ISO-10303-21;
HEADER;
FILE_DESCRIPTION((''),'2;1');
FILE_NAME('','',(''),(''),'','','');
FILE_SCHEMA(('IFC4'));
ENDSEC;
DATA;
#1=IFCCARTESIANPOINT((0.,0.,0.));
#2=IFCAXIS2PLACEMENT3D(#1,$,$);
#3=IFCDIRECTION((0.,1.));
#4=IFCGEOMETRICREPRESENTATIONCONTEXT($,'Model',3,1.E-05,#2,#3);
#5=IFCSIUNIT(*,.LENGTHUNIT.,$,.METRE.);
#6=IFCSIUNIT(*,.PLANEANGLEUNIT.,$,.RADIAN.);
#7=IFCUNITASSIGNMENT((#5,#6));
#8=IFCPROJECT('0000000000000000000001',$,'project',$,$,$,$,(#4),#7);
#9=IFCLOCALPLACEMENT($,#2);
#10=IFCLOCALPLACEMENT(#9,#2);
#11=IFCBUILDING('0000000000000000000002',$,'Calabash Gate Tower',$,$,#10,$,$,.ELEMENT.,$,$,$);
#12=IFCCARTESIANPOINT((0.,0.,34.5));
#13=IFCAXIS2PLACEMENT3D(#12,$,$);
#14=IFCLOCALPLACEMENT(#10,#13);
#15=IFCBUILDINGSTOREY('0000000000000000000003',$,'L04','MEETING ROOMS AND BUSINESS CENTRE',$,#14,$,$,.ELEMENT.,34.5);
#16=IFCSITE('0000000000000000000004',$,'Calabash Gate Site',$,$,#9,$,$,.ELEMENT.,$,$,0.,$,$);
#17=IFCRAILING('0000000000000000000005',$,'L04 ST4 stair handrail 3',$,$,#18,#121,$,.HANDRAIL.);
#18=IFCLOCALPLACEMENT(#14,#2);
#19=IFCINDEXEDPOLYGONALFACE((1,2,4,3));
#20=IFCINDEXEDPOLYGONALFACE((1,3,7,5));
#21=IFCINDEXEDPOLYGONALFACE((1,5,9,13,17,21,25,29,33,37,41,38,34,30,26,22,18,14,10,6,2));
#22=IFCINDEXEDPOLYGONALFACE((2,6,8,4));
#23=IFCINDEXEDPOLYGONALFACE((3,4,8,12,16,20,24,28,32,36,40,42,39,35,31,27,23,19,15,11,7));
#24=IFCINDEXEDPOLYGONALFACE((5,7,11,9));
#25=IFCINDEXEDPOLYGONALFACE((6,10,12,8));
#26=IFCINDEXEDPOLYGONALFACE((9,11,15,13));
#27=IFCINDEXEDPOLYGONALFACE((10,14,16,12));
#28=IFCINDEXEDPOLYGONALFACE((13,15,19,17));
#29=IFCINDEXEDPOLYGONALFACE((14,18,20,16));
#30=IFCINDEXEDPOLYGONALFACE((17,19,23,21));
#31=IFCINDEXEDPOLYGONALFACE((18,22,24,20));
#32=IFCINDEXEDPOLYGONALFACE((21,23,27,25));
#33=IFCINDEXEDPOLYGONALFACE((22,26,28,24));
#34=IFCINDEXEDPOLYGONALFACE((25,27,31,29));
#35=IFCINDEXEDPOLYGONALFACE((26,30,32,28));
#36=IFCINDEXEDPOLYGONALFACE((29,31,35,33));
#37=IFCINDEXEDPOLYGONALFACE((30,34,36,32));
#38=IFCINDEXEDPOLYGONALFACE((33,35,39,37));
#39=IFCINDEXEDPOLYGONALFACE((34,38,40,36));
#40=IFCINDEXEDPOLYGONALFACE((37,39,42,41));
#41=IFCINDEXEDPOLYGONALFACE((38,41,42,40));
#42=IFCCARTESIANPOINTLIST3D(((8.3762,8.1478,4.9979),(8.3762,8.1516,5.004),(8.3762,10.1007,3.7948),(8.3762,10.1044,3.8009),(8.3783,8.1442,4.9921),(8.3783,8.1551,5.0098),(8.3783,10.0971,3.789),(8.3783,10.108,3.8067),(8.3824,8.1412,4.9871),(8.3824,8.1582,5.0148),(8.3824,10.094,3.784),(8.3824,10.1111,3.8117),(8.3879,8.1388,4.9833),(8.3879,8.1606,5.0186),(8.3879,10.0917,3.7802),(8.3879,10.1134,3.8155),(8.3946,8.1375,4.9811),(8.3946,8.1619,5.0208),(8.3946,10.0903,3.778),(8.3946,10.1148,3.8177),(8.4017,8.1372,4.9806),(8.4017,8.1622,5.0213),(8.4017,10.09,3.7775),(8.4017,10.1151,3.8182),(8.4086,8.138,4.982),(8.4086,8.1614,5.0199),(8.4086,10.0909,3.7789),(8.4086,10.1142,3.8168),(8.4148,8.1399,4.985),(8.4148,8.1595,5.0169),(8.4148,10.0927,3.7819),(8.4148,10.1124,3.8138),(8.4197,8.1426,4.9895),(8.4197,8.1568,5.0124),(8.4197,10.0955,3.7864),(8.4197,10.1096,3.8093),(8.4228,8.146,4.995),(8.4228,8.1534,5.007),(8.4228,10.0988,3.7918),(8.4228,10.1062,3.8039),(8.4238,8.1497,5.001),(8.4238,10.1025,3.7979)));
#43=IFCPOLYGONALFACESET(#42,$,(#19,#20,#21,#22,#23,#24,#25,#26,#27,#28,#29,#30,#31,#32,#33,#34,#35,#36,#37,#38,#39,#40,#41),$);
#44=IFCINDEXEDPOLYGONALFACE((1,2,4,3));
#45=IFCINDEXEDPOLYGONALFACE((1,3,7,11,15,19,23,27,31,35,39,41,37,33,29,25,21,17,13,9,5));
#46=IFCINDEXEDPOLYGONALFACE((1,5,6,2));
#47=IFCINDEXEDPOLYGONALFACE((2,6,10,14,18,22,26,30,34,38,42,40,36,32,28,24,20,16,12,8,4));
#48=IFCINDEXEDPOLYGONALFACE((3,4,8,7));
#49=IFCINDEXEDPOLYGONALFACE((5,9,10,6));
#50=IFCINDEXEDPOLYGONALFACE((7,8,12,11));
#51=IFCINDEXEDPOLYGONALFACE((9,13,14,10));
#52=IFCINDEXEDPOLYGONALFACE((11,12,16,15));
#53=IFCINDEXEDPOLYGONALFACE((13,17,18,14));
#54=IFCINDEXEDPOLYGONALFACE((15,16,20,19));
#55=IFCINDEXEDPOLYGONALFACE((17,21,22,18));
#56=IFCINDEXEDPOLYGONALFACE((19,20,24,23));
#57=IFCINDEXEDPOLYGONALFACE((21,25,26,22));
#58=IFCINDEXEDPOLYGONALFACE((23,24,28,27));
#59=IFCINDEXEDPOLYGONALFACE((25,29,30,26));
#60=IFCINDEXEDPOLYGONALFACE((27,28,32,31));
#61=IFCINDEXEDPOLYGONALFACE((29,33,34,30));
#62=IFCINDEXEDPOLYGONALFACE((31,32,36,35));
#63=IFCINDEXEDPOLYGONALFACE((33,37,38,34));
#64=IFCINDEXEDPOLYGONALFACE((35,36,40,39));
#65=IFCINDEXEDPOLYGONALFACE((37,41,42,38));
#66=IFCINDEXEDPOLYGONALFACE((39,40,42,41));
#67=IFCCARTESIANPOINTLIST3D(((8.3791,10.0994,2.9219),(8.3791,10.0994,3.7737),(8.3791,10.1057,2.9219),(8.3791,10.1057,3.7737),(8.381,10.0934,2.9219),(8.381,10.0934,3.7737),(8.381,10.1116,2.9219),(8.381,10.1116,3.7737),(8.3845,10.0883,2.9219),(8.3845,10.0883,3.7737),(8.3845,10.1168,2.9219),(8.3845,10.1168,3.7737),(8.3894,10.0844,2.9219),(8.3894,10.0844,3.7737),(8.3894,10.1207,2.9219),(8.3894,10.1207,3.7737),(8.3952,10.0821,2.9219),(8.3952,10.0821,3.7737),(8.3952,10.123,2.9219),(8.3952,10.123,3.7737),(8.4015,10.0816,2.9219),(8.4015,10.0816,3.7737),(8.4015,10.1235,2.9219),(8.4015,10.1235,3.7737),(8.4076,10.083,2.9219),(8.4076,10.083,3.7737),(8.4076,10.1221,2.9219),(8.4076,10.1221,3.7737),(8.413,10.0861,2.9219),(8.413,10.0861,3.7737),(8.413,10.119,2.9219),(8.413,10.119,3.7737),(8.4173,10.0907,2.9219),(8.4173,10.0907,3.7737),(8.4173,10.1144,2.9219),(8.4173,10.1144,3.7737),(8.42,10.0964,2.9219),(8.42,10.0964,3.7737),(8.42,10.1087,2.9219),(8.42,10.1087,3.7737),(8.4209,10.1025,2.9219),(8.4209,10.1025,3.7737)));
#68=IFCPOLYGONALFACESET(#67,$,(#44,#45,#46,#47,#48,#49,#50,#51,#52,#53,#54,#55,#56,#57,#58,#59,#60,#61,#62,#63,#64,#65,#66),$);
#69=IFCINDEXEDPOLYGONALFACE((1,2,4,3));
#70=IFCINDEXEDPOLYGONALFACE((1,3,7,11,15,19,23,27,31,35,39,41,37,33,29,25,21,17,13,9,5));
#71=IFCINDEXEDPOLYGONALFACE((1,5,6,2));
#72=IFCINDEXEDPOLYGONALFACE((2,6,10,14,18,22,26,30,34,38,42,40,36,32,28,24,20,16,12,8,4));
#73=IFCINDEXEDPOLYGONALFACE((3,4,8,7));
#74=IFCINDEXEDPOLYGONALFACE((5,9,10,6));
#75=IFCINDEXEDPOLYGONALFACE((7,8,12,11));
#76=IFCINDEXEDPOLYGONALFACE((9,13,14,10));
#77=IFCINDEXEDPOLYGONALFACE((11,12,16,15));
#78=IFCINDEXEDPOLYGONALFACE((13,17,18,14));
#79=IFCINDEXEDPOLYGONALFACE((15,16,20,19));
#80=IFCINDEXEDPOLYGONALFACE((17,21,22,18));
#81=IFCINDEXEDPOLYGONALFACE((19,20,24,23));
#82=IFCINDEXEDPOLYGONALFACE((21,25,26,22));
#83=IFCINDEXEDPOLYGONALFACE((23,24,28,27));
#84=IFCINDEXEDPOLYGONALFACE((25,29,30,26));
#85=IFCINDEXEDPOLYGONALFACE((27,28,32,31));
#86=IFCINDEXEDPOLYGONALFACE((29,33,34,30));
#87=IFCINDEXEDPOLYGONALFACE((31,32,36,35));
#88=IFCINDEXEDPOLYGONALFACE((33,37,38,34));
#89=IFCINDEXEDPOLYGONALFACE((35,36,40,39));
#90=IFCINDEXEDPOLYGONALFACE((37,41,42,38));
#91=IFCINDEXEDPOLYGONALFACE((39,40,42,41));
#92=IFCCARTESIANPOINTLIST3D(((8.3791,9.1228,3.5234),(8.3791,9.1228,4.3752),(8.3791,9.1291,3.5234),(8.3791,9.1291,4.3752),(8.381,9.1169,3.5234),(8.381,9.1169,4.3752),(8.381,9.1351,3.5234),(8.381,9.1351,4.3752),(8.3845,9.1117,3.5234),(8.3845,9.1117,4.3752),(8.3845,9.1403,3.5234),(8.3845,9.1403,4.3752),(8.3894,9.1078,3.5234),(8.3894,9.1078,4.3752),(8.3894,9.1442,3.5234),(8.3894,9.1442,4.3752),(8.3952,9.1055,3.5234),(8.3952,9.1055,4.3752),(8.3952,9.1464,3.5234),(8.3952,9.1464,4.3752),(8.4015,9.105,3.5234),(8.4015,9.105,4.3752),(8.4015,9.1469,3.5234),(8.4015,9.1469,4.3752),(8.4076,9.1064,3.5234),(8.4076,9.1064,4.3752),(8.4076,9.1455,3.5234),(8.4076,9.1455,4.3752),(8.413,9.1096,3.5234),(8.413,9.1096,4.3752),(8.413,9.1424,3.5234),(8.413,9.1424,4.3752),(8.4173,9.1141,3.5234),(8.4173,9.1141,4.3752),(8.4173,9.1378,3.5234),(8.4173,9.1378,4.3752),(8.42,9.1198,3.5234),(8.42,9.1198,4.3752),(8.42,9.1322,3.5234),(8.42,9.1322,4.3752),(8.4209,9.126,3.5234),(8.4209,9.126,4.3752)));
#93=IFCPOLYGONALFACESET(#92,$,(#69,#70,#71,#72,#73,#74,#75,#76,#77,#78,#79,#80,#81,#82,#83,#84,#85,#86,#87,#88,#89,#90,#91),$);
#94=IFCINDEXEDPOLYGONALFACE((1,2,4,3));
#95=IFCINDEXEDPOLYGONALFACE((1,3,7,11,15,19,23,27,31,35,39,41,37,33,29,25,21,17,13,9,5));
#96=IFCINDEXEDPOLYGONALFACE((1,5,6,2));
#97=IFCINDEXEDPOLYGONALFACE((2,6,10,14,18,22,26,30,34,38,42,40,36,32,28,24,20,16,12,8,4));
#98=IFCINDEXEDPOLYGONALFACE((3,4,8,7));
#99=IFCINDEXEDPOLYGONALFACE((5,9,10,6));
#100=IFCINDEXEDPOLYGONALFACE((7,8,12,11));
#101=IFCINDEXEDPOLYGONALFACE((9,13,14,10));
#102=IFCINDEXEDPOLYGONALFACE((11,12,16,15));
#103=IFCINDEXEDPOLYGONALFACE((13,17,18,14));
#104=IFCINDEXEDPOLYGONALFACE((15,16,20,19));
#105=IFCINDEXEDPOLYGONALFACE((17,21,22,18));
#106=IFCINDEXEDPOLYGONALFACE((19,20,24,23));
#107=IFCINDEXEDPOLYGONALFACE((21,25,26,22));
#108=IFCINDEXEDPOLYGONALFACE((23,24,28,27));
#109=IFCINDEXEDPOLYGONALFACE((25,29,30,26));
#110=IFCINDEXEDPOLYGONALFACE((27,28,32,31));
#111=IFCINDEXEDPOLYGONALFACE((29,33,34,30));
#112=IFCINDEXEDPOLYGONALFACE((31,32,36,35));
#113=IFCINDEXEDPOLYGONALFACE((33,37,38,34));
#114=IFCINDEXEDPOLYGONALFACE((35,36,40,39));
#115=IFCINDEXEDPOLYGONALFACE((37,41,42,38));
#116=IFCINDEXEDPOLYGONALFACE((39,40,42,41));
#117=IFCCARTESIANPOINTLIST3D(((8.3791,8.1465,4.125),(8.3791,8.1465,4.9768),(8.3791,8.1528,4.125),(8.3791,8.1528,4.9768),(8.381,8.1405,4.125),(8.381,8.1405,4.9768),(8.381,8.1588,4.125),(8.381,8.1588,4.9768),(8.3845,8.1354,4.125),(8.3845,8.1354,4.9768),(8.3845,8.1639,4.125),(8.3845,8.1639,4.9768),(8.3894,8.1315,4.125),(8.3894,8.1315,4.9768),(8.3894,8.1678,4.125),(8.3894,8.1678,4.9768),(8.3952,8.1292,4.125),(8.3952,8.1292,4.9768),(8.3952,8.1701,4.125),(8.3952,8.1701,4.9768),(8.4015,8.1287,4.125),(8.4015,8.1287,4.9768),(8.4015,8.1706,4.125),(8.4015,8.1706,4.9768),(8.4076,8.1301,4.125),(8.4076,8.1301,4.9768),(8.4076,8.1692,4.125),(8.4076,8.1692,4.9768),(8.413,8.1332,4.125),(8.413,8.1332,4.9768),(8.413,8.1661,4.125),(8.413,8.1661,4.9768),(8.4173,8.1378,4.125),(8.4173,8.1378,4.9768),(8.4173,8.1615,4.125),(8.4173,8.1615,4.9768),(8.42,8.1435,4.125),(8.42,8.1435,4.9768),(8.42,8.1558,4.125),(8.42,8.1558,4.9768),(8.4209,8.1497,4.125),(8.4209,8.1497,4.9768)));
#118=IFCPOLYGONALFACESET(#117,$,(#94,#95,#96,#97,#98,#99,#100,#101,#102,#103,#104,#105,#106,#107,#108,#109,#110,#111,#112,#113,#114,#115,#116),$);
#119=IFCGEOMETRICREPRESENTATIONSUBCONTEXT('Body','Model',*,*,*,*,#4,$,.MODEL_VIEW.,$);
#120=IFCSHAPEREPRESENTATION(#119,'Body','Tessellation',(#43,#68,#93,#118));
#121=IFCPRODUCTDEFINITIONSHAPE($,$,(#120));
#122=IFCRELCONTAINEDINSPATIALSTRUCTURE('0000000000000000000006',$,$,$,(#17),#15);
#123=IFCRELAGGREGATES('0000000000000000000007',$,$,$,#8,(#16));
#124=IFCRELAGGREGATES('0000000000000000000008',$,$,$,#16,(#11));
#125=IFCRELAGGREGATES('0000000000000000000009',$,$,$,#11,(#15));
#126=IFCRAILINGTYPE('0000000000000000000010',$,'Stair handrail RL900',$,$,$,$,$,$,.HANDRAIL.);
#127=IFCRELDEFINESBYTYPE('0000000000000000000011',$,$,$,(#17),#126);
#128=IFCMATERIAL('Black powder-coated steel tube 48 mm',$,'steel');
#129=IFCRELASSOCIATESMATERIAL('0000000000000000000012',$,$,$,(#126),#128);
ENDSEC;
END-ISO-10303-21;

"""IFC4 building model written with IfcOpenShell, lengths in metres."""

from ifc_helpers import new_model, si_unit, direction, frame, origin, origin_2d, place, context, subcontext, project, spatial, circle, extrude, material, type_object, element, save


model = new_model("IFC4")

# Units and contexts
model_context = context("Model", 3, precision=1e-05, world=origin(), true_north=direction((0.0, 1.0)))
body_context = subcontext(model_context, "Body", "Model", "MODEL_VIEW")
ifc_project = project(units=[si_unit("LENGTHUNIT", "METRE"), si_unit("PLANEANGLEUNIT", "RADIAN")], contexts=[model_context])

# Site, building, storey
site_placement = place(None, origin())
site = spatial("IfcSite", under=ifc_project, at=site_placement, Name="Calabash Gate Site", CompositionType="ELEMENT", RefElevation=0.0)
building_placement = place(site_placement, origin())
building = spatial("IfcBuilding", under=site, at=building_placement, Name="Calabash Gate Tower", CompositionType="ELEMENT")
storey_placement = place(building_placement, frame((0.0, 0.0, 34.5)))
storey = spatial("IfcBuildingStorey", under=building, at=storey_placement, Name="L04", Description="MEETING ROOMS AND BUSINESS CENTRE", CompositionType="ELEMENT", Elevation=34.5)

# Railing
ifc_material_1 = material(Name="Black powder-coated steel tube 48 mm", Category="steel")
railing_type_1 = type_object("IfcRailingType", Name="Stair handrail RL900", PredefinedType="HANDRAIL", material=ifc_material_1)
railing_1_placement = place(storey_placement, frame((8.3999, 10.1025, 2.9219)))
element("IfcRailing", 1, at=railing_1_placement, inside=storey, type_object=railing_type_1, Name="L04 ST4 stair handrail 3", PredefinedType="HANDRAIL", context=body_context, shape_type="SweptSolid", body=[
    extrude(circle(Radius=0.0239, at=origin_2d()), frame((0.0, 0.0, 0.876), z_axis=(0.0, -0.851395, 0.524525), x_axis=(1.0, 0.0, 0.0)), (0.0, 0.0, 1.0), 2.2937),
    extrude(circle(Radius=0.021, at=origin_2d()), origin(), (0.0, 0.0, 1.0), 0.8518),
    extrude(circle(Radius=0.021, at=origin_2d()), frame((0.0, -0.9766, 0.6016)), (0.0, 0.0, 1.0), 0.8518),
    extrude(circle(Radius=0.021, at=origin_2d()), frame((0.0, -1.9529, 1.2031)), (0.0, 0.0, 1.0), 0.8518),
])

save(model, "model.ifc")
